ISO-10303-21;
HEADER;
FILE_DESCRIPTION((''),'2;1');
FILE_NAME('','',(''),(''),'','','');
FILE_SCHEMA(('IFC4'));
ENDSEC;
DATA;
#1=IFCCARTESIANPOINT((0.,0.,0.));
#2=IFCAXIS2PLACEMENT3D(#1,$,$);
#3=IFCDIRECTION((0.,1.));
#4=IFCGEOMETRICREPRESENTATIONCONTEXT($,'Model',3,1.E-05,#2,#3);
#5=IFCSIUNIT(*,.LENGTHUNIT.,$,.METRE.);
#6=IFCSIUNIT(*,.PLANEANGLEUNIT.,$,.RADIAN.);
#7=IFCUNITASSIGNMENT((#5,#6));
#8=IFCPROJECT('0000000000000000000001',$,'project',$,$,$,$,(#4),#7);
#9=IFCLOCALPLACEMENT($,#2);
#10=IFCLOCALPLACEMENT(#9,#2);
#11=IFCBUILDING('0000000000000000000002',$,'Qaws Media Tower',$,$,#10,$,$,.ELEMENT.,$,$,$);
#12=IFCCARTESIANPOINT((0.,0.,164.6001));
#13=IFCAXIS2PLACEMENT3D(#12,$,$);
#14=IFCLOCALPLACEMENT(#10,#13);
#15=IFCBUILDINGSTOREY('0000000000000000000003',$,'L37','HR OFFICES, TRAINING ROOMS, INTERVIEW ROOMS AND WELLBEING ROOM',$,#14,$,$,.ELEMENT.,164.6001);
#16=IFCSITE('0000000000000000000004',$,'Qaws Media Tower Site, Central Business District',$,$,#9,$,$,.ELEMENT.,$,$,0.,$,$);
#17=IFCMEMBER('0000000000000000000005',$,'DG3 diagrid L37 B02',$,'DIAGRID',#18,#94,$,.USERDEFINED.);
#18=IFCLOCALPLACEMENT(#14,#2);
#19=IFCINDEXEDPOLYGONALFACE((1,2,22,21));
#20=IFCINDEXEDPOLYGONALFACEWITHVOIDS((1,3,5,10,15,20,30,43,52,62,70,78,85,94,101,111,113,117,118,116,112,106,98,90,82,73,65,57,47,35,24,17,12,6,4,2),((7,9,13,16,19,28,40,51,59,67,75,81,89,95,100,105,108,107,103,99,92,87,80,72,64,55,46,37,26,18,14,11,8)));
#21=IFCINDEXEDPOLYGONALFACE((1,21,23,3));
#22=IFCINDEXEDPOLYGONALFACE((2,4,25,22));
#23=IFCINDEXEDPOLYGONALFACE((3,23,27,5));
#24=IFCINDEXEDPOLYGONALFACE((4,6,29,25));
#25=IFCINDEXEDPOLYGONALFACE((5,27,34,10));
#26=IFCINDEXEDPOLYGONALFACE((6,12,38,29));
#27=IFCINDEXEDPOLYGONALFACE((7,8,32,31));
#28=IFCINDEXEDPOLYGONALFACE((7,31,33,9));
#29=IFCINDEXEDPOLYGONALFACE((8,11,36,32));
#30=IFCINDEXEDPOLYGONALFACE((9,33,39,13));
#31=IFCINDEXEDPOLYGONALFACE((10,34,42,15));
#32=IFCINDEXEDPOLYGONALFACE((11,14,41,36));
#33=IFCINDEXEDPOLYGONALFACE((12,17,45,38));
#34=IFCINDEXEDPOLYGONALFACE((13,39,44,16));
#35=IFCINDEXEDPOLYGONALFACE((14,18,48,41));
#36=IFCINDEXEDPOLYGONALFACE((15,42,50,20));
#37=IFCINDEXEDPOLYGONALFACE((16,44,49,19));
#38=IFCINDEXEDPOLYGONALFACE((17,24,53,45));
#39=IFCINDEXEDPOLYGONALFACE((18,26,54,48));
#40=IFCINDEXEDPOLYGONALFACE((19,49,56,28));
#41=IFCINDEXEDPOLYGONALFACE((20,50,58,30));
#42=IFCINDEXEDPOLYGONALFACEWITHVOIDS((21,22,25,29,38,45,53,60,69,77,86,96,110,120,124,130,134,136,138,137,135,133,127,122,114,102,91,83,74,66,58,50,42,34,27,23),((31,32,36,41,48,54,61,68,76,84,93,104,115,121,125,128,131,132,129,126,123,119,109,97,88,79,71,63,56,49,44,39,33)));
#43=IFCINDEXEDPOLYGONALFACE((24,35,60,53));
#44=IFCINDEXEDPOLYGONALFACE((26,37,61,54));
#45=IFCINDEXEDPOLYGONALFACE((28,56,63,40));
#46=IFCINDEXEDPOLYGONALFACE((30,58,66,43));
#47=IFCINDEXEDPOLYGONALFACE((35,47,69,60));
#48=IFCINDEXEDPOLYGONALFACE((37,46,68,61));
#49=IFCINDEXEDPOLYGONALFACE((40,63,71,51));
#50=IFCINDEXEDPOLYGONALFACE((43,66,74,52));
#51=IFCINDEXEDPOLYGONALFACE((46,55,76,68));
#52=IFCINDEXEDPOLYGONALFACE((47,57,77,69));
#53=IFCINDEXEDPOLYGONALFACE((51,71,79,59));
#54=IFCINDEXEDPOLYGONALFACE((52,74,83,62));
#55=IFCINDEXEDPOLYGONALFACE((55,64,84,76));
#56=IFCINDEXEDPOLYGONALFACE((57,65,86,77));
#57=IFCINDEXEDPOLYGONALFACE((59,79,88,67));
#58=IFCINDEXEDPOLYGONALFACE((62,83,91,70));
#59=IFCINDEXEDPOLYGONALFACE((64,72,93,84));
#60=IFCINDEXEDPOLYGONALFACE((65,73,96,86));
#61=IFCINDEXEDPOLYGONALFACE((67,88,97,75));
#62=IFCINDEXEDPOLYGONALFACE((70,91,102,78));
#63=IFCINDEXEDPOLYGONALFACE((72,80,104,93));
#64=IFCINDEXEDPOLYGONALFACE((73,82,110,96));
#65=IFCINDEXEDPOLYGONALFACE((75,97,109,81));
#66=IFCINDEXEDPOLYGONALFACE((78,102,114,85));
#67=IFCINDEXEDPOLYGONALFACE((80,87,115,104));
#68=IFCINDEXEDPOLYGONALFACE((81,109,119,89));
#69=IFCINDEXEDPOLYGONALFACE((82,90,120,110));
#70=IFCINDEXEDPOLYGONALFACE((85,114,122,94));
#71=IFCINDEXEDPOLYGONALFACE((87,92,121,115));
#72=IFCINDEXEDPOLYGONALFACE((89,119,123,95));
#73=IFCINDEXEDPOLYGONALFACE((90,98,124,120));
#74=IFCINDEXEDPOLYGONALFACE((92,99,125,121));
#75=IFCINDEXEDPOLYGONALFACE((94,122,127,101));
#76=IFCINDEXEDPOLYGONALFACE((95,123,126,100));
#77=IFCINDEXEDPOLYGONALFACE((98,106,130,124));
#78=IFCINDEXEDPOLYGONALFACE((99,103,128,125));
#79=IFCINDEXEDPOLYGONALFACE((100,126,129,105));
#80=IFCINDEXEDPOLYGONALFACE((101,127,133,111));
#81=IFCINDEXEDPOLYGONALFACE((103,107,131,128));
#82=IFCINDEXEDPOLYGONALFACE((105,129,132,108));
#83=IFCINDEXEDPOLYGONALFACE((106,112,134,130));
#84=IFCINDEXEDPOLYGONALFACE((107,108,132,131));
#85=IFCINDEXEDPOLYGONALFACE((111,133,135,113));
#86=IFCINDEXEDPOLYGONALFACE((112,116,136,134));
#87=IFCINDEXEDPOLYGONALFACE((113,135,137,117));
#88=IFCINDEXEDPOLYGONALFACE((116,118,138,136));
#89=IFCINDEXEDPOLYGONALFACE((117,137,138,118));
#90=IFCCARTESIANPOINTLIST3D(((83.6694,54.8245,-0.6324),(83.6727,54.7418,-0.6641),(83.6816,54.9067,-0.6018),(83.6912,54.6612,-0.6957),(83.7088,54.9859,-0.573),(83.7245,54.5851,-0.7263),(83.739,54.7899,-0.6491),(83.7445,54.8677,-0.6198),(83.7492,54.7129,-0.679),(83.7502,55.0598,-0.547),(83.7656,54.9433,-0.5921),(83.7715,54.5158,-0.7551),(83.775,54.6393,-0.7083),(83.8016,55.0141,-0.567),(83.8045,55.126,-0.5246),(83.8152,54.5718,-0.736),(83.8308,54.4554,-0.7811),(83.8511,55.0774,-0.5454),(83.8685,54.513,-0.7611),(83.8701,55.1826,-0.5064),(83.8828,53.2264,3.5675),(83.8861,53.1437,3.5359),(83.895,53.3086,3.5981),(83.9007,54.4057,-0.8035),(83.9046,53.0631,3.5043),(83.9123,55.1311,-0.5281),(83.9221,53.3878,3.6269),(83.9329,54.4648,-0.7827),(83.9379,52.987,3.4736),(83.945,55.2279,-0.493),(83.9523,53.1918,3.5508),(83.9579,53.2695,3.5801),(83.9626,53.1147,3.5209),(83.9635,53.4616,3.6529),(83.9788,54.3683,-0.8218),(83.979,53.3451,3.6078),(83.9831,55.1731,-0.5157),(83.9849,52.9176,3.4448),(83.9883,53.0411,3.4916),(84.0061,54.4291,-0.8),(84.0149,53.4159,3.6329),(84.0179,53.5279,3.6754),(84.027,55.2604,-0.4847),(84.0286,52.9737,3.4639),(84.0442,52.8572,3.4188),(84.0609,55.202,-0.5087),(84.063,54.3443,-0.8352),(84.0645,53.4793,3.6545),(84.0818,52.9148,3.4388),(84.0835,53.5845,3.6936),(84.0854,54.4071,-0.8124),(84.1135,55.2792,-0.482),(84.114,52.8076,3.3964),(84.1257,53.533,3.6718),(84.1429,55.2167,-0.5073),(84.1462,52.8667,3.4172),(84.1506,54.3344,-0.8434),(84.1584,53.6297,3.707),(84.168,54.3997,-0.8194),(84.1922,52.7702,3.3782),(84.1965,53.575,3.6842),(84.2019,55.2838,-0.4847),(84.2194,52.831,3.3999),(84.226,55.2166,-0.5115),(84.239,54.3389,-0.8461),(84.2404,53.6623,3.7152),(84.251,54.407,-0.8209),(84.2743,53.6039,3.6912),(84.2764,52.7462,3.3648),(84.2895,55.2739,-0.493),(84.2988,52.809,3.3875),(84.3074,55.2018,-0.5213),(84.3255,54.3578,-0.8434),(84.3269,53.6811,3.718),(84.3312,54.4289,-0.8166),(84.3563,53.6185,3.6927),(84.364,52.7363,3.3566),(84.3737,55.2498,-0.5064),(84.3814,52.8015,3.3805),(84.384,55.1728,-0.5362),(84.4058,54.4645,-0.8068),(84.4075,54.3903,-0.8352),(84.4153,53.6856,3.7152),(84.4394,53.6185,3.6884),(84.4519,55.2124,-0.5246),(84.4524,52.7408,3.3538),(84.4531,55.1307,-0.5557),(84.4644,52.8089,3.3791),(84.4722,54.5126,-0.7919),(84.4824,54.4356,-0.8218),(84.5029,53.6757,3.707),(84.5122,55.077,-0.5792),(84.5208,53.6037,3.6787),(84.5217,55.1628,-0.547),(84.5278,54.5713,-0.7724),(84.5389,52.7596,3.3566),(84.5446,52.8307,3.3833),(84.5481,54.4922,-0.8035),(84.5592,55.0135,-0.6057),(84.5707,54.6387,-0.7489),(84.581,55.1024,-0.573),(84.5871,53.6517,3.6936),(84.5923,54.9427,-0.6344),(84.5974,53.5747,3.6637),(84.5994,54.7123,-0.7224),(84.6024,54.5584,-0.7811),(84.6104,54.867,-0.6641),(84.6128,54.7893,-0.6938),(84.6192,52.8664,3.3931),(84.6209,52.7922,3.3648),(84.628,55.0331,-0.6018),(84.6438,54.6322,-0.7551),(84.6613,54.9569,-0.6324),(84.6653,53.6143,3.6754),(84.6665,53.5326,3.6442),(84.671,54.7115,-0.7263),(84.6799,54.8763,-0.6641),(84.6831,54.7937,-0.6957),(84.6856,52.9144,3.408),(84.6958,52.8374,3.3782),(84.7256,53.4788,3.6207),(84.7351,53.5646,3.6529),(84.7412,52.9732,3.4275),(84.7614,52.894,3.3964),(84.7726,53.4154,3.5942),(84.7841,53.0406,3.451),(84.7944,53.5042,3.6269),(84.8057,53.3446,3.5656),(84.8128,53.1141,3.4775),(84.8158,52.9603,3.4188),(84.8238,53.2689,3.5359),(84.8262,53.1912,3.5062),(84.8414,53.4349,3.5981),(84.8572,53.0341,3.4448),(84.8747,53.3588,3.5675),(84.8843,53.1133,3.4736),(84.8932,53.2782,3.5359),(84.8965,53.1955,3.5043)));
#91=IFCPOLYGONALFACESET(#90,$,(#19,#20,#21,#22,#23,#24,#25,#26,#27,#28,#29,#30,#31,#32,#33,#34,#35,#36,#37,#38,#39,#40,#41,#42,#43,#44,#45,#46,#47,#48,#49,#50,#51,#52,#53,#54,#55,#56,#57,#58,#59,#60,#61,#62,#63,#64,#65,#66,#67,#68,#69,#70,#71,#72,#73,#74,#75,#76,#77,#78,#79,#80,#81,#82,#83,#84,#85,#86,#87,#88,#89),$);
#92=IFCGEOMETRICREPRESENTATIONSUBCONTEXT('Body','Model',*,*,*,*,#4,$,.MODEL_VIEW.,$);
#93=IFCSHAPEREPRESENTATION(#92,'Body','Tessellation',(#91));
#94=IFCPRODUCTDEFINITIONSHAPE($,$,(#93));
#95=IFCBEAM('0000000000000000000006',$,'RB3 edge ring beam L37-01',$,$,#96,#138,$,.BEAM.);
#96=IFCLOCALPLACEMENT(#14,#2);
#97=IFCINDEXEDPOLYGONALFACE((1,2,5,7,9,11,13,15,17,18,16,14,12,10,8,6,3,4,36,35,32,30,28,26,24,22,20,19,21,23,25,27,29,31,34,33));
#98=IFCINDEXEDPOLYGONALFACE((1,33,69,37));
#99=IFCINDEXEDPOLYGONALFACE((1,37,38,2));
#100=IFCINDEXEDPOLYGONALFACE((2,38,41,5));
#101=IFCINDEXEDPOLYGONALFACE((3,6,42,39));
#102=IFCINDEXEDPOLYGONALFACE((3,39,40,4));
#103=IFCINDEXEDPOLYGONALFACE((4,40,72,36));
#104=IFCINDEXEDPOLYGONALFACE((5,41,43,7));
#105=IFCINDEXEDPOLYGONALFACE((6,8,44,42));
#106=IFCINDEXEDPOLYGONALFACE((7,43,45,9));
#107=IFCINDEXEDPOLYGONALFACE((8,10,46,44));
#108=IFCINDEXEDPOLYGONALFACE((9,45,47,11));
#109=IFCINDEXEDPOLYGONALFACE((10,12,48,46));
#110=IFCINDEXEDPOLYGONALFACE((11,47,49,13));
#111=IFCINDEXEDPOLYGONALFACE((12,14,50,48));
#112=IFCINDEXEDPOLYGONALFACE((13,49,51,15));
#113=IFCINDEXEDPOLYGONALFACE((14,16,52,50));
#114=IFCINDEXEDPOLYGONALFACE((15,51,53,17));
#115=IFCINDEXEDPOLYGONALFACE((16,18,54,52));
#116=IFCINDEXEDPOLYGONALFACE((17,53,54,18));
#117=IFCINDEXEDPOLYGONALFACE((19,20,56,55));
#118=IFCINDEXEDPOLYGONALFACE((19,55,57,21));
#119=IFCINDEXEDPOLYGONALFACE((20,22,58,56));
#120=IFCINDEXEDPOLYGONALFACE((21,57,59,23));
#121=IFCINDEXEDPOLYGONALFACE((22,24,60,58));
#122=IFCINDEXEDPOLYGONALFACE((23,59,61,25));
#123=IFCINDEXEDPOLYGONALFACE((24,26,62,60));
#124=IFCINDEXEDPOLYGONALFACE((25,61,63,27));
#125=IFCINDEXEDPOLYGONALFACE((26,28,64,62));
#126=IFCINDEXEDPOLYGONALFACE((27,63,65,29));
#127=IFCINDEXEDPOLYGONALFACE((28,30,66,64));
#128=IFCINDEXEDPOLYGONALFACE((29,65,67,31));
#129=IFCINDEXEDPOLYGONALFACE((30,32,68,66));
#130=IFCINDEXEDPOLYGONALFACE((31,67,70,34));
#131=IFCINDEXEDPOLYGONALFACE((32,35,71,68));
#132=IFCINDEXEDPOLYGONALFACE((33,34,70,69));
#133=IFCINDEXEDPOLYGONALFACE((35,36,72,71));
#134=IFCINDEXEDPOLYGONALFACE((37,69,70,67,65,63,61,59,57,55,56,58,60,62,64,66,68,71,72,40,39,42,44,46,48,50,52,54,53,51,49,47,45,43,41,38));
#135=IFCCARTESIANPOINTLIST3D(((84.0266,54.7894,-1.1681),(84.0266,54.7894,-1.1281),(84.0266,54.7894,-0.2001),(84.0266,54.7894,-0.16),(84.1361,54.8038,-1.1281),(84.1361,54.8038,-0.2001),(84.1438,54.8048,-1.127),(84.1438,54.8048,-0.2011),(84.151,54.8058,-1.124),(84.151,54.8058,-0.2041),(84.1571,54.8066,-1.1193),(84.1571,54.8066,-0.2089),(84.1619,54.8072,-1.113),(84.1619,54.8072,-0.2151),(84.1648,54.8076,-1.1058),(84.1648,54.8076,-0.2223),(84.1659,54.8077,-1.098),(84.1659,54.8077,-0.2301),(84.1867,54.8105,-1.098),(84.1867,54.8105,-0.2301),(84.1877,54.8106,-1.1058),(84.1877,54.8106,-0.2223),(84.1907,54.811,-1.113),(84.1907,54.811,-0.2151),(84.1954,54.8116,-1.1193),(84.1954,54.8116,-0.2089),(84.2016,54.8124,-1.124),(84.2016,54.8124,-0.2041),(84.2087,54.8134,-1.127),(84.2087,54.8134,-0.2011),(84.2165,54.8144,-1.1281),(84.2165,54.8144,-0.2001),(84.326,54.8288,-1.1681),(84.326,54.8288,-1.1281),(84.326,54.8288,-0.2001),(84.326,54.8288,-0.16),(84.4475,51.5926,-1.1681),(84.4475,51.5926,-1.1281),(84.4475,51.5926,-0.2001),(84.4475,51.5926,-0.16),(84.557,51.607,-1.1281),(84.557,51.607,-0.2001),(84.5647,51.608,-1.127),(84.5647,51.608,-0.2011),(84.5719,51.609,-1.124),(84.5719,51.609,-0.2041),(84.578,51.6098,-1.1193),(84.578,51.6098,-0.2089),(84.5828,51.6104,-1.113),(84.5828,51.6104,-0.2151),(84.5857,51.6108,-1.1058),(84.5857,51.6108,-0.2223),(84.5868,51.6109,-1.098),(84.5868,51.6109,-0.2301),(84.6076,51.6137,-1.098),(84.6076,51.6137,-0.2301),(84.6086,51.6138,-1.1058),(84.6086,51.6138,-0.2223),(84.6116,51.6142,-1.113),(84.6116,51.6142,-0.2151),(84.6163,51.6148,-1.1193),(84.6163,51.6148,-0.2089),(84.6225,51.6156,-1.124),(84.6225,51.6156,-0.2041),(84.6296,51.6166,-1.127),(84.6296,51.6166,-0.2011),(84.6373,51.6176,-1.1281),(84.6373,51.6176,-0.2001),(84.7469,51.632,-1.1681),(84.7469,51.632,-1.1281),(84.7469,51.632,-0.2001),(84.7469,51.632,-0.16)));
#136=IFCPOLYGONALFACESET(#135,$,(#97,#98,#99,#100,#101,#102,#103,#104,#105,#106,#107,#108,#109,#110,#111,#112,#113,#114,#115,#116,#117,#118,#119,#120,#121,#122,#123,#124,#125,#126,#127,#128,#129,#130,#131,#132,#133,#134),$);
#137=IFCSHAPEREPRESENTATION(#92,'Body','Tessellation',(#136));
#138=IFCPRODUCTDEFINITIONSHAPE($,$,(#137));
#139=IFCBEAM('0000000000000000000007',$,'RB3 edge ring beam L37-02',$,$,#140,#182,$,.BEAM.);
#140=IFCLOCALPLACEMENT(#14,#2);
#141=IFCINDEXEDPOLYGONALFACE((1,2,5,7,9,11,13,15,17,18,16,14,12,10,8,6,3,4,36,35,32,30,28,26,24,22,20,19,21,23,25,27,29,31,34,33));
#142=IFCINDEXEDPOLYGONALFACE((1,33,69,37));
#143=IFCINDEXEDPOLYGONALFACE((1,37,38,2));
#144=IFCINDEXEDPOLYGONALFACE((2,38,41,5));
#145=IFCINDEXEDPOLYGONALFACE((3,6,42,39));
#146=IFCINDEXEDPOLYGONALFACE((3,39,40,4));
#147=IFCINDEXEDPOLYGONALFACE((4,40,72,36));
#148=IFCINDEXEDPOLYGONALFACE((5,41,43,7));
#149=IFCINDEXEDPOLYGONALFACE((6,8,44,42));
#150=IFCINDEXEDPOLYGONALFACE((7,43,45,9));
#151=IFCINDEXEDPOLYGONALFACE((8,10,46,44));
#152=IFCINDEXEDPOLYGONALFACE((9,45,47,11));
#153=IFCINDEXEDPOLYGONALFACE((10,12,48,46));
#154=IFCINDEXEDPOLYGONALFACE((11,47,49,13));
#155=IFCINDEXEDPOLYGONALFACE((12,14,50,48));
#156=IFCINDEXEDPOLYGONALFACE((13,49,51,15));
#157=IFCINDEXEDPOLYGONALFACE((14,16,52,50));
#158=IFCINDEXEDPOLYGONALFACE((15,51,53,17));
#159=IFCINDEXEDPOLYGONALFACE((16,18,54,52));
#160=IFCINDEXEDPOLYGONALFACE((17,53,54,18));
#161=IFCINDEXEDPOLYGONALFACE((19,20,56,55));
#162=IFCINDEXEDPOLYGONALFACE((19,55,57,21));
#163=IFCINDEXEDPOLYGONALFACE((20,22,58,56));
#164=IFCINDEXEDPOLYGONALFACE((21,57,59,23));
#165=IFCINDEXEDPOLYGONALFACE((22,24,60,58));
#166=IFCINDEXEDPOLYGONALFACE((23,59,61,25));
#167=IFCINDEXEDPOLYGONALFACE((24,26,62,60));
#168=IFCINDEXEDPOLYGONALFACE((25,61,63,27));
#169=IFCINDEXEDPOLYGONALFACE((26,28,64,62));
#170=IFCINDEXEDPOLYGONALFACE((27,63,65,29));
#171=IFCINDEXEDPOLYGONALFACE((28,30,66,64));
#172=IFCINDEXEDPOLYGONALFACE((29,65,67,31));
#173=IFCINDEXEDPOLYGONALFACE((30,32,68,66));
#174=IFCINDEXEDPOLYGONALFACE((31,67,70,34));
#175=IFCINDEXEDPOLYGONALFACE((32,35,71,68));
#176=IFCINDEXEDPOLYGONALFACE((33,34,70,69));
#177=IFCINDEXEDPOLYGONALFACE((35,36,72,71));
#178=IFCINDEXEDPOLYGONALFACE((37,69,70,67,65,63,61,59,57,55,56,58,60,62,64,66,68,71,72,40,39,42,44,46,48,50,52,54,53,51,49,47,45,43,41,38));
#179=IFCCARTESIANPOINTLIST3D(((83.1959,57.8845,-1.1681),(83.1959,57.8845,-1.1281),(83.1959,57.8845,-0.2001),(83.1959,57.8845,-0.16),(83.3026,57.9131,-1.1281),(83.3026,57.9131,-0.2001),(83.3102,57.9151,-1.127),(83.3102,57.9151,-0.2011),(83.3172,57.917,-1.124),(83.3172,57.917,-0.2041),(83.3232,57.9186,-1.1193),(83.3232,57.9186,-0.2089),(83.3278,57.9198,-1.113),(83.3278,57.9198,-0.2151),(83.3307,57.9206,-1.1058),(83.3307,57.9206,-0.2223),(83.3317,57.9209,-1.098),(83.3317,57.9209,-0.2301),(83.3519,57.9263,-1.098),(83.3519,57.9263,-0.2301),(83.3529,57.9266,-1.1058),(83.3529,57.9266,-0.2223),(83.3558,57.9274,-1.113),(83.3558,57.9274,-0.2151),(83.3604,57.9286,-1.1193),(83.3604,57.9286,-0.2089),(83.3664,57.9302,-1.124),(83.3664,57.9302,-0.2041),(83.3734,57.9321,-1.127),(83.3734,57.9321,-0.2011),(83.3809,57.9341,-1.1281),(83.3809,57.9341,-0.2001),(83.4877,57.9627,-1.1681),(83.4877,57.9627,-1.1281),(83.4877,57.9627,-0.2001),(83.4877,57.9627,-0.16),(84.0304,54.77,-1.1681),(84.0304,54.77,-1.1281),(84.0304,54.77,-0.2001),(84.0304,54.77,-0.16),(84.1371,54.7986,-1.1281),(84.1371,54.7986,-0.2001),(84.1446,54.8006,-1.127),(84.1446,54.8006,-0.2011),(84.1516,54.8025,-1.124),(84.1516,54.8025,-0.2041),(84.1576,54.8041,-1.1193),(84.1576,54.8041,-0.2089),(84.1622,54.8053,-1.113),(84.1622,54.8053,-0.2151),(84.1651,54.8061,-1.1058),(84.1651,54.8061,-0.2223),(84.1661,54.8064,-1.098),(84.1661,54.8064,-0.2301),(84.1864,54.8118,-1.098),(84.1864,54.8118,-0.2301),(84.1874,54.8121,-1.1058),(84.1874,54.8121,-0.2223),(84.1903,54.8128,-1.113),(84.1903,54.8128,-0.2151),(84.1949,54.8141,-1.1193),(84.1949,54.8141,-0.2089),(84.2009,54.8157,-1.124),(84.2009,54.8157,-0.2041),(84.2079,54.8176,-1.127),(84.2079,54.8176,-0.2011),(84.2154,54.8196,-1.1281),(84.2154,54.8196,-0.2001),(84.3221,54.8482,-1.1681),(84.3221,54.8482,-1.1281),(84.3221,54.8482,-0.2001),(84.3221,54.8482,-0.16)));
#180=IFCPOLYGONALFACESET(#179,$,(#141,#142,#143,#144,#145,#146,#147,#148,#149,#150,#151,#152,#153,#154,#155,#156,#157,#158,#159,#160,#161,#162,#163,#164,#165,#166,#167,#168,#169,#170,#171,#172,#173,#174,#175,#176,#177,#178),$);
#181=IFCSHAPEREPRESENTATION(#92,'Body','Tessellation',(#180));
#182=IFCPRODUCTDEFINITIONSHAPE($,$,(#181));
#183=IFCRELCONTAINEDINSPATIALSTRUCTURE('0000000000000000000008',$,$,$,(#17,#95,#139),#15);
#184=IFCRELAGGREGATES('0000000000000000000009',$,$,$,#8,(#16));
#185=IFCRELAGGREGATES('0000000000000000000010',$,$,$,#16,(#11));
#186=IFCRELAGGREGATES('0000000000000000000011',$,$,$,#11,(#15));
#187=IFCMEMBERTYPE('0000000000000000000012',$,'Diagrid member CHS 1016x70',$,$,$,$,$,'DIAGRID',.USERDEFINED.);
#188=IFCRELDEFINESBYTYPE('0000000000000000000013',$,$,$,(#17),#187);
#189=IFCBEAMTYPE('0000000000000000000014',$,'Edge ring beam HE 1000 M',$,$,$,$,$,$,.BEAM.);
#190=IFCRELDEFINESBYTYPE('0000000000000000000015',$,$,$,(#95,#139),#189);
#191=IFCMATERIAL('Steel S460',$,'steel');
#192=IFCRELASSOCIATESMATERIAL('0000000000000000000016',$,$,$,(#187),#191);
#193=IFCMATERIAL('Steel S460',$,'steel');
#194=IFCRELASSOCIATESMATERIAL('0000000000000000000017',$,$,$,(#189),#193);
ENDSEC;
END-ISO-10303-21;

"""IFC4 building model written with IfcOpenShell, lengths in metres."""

from ifc_helpers import new_model, si_unit, direction, frame, origin, origin_2d, place, context, subcontext, project, spatial, hollow_circle, i_section, extrude, material, material_profile, profile_set, type_object, element, save


model = new_model("IFC4")

# Units and contexts
model_context = context("Model", 3, precision=1e-05, world=origin(), true_north=direction((0.0, 1.0)))
body_context = subcontext(model_context, "Body", "Model", "MODEL_VIEW")
ifc_project = project(units=[si_unit("LENGTHUNIT", "METRE"), si_unit("PLANEANGLEUNIT", "RADIAN")], contexts=[model_context])

# Site, building, storey
site_placement = place(None, origin())
site = spatial("IfcSite", under=ifc_project, at=site_placement, Name="Qaws Media Tower Site, Central Business District", CompositionType="ELEMENT", RefElevation=0.0)
building_placement = place(site_placement, origin())
building = spatial("IfcBuilding", under=site, at=building_placement, Name="Qaws Media Tower", CompositionType="ELEMENT")
storey_placement = place(building_placement, frame((0.0, 0.0, 164.6001)))
storey = spatial("IfcBuildingStorey", under=building, at=storey_placement, Name="L37", Description="HR OFFICES, TRAINING ROOMS, INTERVIEW ROOMS AND WELLBEING ROOM", CompositionType="ELEMENT", Elevation=164.6001)

# Member
ifc_material_1 = material(Name="Steel S460", Category="steel")
ifc_material_profile_1 = material_profile(ifc_material_1, hollow_circle(Radius=0.5081, WallThickness=0.0701, at=origin_2d()), Name="CHS 1016x70")
ifc_profile_set_1 = profile_set([ifc_material_profile_1], Name="Steel S460")
member_type_1 = type_object("IfcMemberType", Name="Diagrid member CHS 1016x70", ElementType="DIAGRID", PredefinedType="USERDEFINED", material=ifc_profile_set_1)
for number, where, z_axis, x_axis, name in (
    (1, (84.1763, 54.8091, -0.6641), (0.04743, -0.355238, 0.933572), (0.991204, 0.132342, 0.0), "DG3 diagrid L37 B02"),
):
    element("IfcMember", number, at=place(storey_placement, frame(where, z_axis=z_axis, x_axis=x_axis)), inside=storey, type_object=member_type_1, Name=name, ObjectType="DIAGRID", PredefinedType="USERDEFINED", context=body_context, shape_type="SweptSolid", body=[
        extrude(hollow_circle(Radius=0.5081, WallThickness=0.0701, at=origin_2d()), origin(), (0.0, 0.0, 1.0), 4.4988),
    ])

# Beams
ifc_material_2 = material(Name="Steel S460", Category="steel")
ifc_material_profile_2 = material_profile(ifc_material_2, i_section(OverallWidth=0.302, OverallDepth=1.0081, WebThickness=0.021, FlangeThickness=0.04, FilletRadius=0.03, at=origin_2d()), Name="HE 1000 M")
ifc_profile_set_2 = profile_set([ifc_material_profile_2], Name="Steel S460")
beam_type_1 = type_object("IfcBeamType", Name="Edge ring beam HE 1000 M", PredefinedType="BEAM", material=ifc_profile_set_2)
for number, where, z_axis, x_axis, name in (
    (2, (84.5972, 51.6123, -0.6641), (-0.130537, 0.991443, 0.0), (-0.991443, -0.130537, 0.0), "RB3 edge ring beam L37-01"),
    (3, (84.1763, 54.8091, -0.6641), (-0.258803, 0.96593, 0.0), (-0.96593, -0.258803, 0.0), "RB3 edge ring beam L37-02"),
):
    element("IfcBeam", number, at=place(storey_placement, frame(where, z_axis=z_axis, x_axis=x_axis)), inside=storey, type_object=beam_type_1, Name=name, PredefinedType="BEAM", context=body_context, shape_type="SweptSolid", body=[
        extrude(i_section(OverallWidth=0.302, OverallDepth=1.0081, WebThickness=0.021, FlangeThickness=0.04, FilletRadius=0.03, at=origin_2d()), origin(), (0.0, 0.0, 1.0), 3.2244),
    ])

save(model, "model.ifc")
